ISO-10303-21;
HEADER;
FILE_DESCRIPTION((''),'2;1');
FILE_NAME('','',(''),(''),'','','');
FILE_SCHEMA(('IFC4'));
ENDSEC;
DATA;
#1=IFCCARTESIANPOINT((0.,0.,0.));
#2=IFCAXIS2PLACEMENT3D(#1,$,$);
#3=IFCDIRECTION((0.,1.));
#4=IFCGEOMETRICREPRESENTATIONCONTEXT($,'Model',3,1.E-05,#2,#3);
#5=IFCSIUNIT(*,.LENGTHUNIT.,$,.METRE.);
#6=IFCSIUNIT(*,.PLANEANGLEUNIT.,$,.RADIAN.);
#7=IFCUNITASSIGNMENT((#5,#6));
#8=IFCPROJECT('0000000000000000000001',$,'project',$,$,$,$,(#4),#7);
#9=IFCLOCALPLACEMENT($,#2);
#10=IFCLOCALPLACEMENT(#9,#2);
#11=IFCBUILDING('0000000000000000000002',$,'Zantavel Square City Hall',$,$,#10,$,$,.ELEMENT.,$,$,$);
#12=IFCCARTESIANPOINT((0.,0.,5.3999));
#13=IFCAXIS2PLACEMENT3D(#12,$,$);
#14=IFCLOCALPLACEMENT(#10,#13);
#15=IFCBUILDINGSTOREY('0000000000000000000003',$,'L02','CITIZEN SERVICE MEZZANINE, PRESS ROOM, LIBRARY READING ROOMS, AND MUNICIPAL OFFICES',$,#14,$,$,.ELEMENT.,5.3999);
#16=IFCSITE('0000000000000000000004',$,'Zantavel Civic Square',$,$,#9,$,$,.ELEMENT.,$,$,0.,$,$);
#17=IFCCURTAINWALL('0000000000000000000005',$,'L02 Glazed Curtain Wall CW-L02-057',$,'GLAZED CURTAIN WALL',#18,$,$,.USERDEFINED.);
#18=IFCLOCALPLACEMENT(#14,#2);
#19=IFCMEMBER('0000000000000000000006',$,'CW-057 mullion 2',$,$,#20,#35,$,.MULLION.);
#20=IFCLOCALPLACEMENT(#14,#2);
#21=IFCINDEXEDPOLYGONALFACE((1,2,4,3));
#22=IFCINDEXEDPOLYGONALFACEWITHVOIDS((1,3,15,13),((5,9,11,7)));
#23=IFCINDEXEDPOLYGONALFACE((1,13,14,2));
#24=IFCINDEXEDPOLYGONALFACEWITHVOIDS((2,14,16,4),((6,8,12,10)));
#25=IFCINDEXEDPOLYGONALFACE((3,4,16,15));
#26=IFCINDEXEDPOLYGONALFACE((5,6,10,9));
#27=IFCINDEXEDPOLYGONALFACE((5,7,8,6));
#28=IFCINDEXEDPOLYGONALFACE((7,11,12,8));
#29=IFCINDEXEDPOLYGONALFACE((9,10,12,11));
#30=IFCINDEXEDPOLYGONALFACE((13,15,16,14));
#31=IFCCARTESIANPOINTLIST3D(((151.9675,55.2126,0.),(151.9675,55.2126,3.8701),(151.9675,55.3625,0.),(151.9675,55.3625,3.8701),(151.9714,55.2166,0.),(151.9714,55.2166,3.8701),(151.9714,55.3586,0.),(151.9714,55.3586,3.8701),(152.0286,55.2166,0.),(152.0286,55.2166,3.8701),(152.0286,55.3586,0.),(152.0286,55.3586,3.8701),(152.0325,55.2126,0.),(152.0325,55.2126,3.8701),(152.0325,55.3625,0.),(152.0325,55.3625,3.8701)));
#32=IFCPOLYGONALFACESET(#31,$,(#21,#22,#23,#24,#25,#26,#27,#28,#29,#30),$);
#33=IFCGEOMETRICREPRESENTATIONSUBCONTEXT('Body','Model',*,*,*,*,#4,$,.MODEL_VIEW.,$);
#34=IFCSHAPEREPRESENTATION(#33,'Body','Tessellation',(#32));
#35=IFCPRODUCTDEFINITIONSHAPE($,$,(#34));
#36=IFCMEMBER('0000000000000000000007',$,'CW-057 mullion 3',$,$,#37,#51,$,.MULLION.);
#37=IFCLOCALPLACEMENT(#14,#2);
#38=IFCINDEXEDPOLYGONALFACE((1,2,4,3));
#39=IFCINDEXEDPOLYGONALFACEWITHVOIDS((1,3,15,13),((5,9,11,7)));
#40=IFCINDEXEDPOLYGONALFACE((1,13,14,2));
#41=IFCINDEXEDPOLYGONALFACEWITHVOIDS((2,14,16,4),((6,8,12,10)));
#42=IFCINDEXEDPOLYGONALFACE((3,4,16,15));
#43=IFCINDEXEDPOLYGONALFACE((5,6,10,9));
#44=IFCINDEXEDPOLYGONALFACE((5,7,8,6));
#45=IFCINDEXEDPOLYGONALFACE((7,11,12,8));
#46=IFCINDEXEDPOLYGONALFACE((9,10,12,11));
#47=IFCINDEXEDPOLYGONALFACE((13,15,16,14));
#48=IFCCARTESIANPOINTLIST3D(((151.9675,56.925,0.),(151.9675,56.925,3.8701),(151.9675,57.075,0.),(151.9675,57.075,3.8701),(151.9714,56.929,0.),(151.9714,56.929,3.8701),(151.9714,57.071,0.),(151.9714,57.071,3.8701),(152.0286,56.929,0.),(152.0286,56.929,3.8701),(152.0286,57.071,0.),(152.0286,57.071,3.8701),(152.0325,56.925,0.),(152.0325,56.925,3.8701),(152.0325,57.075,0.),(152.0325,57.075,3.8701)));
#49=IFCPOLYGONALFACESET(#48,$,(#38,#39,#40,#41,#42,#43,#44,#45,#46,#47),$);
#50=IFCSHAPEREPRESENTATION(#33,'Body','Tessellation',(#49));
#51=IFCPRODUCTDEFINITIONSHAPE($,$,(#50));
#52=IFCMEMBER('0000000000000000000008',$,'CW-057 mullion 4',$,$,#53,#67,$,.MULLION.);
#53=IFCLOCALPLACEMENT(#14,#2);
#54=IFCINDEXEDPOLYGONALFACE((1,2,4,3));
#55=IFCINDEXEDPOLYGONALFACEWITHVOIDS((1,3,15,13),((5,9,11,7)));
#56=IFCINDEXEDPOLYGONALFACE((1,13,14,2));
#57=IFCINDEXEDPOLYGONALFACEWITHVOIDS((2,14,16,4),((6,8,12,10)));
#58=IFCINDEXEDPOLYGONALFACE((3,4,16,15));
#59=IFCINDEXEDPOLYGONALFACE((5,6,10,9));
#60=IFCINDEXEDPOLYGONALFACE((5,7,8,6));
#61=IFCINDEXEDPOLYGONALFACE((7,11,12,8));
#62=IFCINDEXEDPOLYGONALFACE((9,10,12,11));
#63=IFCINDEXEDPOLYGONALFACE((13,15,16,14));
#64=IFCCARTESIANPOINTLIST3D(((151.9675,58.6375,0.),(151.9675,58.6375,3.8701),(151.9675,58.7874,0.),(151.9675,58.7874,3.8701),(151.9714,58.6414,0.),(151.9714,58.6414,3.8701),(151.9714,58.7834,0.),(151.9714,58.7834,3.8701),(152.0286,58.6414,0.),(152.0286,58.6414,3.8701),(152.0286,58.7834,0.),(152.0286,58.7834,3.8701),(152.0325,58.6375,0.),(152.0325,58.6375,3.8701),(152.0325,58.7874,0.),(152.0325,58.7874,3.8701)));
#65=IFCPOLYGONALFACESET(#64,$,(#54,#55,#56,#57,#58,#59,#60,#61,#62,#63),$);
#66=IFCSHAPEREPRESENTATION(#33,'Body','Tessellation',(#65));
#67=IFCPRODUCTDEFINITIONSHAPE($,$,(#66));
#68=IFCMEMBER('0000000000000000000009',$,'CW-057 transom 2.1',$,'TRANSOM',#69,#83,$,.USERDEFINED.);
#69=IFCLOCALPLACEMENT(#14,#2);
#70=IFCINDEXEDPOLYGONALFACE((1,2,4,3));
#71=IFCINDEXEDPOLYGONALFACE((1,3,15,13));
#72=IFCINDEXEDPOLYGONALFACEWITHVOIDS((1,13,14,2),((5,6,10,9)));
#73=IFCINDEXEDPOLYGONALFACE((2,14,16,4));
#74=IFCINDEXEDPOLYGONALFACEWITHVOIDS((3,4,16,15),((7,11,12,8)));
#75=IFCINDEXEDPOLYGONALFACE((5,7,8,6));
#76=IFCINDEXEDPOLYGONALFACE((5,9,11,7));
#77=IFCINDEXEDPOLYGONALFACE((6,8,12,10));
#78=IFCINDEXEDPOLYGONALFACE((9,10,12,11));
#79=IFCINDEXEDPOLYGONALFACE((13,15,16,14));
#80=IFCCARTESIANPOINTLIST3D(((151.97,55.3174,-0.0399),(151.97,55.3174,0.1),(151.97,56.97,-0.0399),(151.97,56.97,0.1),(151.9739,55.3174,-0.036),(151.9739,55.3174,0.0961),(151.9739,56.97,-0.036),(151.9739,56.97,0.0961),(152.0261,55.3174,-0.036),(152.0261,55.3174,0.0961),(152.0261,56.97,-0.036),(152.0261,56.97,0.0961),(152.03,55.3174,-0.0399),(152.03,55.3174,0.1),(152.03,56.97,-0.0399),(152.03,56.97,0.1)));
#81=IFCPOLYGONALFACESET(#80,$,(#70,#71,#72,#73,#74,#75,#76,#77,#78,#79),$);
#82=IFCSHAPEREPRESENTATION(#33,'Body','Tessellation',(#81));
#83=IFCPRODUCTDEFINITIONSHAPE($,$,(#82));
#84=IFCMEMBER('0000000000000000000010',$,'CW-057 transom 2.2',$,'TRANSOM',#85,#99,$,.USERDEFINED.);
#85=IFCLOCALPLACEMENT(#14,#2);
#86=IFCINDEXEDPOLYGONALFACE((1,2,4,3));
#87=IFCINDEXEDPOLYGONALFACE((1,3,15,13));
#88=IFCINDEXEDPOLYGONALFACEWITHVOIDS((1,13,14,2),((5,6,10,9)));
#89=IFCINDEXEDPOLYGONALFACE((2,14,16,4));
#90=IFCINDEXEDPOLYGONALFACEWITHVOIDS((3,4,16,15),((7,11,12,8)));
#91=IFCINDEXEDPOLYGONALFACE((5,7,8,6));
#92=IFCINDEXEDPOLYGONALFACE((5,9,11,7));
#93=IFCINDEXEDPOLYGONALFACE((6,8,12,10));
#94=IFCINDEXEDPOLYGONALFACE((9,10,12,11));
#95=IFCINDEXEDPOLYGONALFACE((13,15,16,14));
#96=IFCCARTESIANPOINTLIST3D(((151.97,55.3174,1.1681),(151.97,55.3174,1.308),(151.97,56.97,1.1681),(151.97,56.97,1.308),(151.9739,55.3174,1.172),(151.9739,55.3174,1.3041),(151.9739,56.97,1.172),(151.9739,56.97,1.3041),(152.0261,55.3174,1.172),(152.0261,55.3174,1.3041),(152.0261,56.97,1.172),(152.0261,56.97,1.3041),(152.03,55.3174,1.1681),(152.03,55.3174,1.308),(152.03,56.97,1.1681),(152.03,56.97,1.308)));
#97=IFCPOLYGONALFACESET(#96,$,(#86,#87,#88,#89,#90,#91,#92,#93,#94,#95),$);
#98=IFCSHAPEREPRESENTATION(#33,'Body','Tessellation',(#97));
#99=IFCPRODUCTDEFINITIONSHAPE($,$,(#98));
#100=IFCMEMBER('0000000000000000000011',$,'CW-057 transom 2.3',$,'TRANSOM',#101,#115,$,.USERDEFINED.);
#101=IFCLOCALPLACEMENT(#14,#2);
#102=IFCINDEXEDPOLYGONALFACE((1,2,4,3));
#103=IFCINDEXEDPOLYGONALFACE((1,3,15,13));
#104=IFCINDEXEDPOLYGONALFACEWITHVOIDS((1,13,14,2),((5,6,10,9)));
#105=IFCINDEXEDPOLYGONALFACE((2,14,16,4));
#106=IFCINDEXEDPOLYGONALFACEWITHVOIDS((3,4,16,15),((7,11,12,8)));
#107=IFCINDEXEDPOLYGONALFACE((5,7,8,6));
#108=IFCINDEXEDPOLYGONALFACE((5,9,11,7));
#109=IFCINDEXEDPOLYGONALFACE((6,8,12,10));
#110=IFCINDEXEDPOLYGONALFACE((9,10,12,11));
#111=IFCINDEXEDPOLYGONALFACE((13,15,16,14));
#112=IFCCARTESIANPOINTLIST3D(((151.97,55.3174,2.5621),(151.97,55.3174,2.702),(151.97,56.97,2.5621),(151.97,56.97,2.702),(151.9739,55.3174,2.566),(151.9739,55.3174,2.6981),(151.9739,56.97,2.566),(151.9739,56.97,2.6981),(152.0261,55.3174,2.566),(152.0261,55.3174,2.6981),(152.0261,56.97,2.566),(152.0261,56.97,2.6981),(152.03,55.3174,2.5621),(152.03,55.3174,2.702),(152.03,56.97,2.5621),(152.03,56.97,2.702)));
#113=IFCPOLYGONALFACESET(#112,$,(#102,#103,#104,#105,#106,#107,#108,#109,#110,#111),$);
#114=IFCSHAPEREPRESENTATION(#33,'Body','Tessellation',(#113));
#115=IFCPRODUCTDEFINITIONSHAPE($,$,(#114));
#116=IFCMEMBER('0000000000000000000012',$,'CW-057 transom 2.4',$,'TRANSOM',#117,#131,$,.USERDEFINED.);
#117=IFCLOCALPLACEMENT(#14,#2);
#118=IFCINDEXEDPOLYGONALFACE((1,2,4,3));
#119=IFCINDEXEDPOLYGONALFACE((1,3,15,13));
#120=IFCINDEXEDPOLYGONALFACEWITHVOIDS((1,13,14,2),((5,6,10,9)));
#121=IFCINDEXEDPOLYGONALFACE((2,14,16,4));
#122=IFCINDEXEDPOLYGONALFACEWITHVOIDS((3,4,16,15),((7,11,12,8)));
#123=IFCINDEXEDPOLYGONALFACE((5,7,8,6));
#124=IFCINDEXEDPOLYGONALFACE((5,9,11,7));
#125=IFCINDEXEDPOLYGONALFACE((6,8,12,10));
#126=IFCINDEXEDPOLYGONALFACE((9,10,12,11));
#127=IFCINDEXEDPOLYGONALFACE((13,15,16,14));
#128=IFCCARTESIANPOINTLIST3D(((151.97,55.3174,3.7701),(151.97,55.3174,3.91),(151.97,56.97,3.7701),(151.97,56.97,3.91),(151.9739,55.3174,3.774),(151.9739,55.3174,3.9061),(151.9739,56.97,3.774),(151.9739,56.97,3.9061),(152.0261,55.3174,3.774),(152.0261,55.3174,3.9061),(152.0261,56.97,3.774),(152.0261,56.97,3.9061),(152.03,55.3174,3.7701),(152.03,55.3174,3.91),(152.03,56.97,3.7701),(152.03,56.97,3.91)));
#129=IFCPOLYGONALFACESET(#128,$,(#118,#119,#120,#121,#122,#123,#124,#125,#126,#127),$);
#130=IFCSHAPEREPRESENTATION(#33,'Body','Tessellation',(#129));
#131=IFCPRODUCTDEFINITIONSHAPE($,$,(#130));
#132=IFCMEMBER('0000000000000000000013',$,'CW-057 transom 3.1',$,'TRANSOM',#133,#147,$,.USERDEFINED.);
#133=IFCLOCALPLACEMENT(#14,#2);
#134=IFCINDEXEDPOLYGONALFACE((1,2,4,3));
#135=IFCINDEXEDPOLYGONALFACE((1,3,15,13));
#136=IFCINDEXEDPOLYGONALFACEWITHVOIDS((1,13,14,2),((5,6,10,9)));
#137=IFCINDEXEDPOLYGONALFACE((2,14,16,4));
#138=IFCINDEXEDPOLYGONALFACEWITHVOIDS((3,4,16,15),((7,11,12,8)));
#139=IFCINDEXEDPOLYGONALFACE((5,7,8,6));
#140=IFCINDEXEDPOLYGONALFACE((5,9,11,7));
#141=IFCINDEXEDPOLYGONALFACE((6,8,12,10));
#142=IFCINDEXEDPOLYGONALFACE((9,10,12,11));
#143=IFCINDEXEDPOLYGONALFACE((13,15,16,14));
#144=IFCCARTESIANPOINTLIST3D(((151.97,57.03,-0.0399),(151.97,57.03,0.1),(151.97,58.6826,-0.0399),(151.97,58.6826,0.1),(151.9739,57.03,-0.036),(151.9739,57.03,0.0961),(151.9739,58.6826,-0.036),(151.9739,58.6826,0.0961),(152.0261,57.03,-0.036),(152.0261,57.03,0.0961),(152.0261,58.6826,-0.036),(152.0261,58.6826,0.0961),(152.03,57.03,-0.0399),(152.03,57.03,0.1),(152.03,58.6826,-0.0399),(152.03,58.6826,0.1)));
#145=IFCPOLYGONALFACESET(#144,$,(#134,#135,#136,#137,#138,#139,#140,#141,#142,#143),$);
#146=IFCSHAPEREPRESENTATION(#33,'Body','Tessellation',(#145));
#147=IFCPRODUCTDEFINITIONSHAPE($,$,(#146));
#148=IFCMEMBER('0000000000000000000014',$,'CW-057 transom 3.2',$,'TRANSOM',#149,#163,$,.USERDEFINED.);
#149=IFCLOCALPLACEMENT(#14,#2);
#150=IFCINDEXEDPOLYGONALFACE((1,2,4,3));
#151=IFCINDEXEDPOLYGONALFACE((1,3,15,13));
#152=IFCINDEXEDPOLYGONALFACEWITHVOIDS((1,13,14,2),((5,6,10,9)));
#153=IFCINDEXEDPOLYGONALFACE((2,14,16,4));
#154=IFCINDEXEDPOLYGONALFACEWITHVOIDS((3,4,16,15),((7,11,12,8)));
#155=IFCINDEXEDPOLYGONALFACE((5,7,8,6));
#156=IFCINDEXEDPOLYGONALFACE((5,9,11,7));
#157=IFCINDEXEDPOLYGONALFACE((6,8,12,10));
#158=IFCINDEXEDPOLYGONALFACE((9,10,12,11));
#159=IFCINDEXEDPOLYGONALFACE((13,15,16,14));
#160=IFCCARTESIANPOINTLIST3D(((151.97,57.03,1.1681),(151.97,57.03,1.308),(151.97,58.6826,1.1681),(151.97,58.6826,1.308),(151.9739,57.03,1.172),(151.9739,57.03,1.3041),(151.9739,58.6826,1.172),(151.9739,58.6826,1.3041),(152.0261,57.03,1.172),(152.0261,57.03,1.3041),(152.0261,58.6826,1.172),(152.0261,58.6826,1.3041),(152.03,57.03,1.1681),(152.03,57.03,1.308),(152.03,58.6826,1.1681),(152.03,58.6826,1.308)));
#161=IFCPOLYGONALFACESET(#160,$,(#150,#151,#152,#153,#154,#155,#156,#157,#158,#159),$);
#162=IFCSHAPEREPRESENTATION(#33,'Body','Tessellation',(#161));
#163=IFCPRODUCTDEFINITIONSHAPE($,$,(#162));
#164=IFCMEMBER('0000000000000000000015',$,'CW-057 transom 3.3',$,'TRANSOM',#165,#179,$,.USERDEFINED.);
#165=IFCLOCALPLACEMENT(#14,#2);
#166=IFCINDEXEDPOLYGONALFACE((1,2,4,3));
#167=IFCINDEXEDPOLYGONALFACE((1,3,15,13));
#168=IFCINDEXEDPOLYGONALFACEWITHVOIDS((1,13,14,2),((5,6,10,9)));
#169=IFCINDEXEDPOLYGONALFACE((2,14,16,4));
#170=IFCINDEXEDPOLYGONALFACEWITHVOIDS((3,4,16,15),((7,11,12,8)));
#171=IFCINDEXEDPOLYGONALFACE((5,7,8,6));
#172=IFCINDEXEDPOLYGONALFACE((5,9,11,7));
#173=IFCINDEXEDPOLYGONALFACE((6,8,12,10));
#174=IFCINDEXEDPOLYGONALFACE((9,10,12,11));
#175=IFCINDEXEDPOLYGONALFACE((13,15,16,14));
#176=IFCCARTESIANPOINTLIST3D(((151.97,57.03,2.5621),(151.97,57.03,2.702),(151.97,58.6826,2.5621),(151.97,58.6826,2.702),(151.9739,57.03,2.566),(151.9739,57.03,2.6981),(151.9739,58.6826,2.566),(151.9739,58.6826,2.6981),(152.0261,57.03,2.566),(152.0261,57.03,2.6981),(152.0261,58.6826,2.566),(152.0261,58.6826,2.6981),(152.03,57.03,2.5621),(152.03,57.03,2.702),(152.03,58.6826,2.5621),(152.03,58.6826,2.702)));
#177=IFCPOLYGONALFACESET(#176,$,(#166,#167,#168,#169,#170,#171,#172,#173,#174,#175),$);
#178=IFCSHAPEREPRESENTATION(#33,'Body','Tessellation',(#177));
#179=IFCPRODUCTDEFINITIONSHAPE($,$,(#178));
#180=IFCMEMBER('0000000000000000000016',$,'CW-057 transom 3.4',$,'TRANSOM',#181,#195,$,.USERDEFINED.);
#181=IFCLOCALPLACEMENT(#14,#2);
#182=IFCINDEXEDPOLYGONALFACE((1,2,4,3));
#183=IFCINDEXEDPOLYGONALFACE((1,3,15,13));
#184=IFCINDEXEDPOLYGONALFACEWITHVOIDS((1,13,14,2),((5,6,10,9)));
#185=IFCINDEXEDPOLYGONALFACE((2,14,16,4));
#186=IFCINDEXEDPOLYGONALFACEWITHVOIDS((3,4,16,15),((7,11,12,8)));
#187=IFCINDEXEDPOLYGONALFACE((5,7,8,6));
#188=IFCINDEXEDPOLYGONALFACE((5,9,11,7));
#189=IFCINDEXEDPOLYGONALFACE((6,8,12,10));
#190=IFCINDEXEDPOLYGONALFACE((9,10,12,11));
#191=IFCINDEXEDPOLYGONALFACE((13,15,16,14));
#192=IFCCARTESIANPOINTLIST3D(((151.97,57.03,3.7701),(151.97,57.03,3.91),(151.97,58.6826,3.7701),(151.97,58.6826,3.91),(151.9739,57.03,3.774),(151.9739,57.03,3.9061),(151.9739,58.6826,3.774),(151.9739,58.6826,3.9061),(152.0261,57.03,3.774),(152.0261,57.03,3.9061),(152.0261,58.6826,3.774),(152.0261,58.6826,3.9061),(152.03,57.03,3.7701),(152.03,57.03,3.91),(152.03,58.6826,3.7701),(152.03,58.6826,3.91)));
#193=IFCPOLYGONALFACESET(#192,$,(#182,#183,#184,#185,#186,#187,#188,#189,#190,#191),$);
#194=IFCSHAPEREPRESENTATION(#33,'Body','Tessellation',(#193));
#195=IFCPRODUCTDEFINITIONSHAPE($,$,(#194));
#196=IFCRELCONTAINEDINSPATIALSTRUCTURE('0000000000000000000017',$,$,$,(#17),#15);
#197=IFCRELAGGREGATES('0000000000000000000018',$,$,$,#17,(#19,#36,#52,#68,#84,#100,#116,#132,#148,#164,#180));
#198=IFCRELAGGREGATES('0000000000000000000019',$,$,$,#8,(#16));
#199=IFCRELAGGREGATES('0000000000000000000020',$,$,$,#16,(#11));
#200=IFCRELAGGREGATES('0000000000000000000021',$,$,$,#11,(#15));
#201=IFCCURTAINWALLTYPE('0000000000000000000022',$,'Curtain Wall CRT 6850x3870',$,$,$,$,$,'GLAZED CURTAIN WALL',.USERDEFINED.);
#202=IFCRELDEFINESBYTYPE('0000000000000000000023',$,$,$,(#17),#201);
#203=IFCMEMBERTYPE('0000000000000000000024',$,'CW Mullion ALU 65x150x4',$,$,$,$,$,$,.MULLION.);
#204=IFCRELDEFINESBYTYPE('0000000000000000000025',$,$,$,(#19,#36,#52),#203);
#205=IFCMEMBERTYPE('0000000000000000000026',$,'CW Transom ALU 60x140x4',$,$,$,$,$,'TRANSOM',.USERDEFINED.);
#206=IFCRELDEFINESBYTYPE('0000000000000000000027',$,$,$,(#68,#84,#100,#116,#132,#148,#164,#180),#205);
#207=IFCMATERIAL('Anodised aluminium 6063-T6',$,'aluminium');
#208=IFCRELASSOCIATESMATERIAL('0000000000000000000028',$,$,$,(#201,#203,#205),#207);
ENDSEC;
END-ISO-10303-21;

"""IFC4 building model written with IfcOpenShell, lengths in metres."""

from ifc_helpers import new_model, si_unit, direction, frame, origin, origin_2d, place, context, subcontext, project, spatial, hollow_rectangle, extrude, material, material_profile, profile_set, type_object, element, aggregate, save


model = new_model("IFC4")

# Units and contexts
model_context = context("Model", 3, precision=1e-05, world=origin(), true_north=direction((0.0, 1.0)))
body_context = subcontext(model_context, "Body", "Model", "MODEL_VIEW")
ifc_project = project(units=[si_unit("LENGTHUNIT", "METRE"), si_unit("PLANEANGLEUNIT", "RADIAN")], contexts=[model_context])

# Site, building, storey
site_placement = place(None, origin())
site = spatial("IfcSite", under=ifc_project, at=site_placement, Name="Zantavel Civic Square", CompositionType="ELEMENT", RefElevation=0.0)
building_placement = place(site_placement, origin())
building = spatial("IfcBuilding", under=site, at=building_placement, Name="Zantavel Square City Hall", CompositionType="ELEMENT")
storey_placement = place(building_placement, frame((0.0, 0.0, 5.3999)))
storey = spatial("IfcBuildingStorey", under=building, at=storey_placement, Name="L02", Description="CITIZEN SERVICE MEZZANINE, PRESS ROOM, LIBRARY READING ROOMS, AND MUNICIPAL OFFICES", CompositionType="ELEMENT", Elevation=5.3999)

# Curtain wall, members
ifc_material_1 = material(Name="Anodised aluminium 6063-T6", Category="aluminium")
curtain_wall_type = type_object("IfcCurtainWallType", Name="Curtain Wall CRT 6850x3870", ElementType="GLAZED CURTAIN WALL", PredefinedType="USERDEFINED", material=ifc_material_1)
curtain_wall_placement = place(storey_placement, origin())
curtain_wall = element("IfcCurtainWall", 1, at=curtain_wall_placement, inside=storey, type_object=curtain_wall_type, Name="L02 Glazed Curtain Wall CW-L02-057", ObjectType="GLAZED CURTAIN WALL", PredefinedType="USERDEFINED")
ifc_material_profile_1 = material_profile(ifc_material_1, hollow_rectangle(XDim=0.0649, YDim=0.1499, WallThickness=0.0039, at=origin_2d()), Name="ALU 65x150x4")
ifc_profile_set_1 = profile_set([ifc_material_profile_1], Name="Anodised aluminium 6063-T6")
member_type_1 = type_object("IfcMemberType", Name="CW Mullion ALU 65x150x4", PredefinedType="MULLION", material=ifc_profile_set_1)
member_1_placement = place(storey_placement, frame((152.0, 55.2876, 0.0), z_axis=(0.0, 0.0, 1.0), x_axis=(-1.0, 0.0, 0.0)))
member_1 = element("IfcMember", 2, at=member_1_placement, type_object=member_type_1, Name="CW-057 mullion 2", PredefinedType="MULLION", context=body_context, shape_type="SweptSolid", body=[
    extrude(hollow_rectangle(XDim=0.0649, YDim=0.1499, WallThickness=0.0039, at=origin_2d()), origin(), (0.0, 0.0, 1.0), 3.8701),
])
member_2_placement = place(storey_placement, frame((152.0, 57.0, 0.0), z_axis=(0.0, 0.0, 1.0), x_axis=(-1.0, 0.0, 0.0)))
member_2 = element("IfcMember", 3, at=member_2_placement, type_object=member_type_1, Name="CW-057 mullion 3", PredefinedType="MULLION", context=body_context, shape_type="SweptSolid", body=[
    extrude(hollow_rectangle(XDim=0.0649, YDim=0.1499, WallThickness=0.0039, at=origin_2d()), origin(), (0.0, 0.0, 1.0), 3.8701),
])
member_3_placement = place(storey_placement, frame((152.0, 58.7124, 0.0), z_axis=(0.0, 0.0, 1.0), x_axis=(-1.0, 0.0, 0.0)))
member_3 = element("IfcMember", 4, at=member_3_placement, type_object=member_type_1, Name="CW-057 mullion 4", PredefinedType="MULLION", context=body_context, shape_type="SweptSolid", body=[
    extrude(hollow_rectangle(XDim=0.0649, YDim=0.1499, WallThickness=0.0039, at=origin_2d()), origin(), (0.0, 0.0, 1.0), 3.8701),
])
ifc_material_profile_2 = material_profile(ifc_material_1, hollow_rectangle(XDim=0.0601, YDim=0.1399, WallThickness=0.0039, at=origin_2d()), Name="ALU 60x140x4")
ifc_profile_set_2 = profile_set([ifc_material_profile_2], Name="Anodised aluminium 6063-T6")
member_type_2 = type_object("IfcMemberType", Name="CW Transom ALU 60x140x4", ElementType="TRANSOM", PredefinedType="USERDEFINED", material=ifc_profile_set_2)
member_4_placement = place(storey_placement, frame((152.0, 55.3174, 0.03), z_axis=(0.0, 1.0, 0.0), x_axis=(-1.0, 0.0, 0.0)))
member_4 = element("IfcMember", 5, at=member_4_placement, type_object=member_type_2, Name="CW-057 transom 2.1", ObjectType="TRANSOM", PredefinedType="USERDEFINED", context=body_context, shape_type="SweptSolid", body=[
    extrude(hollow_rectangle(XDim=0.0601, YDim=0.1399, WallThickness=0.0039, at=origin_2d()), origin(), (0.0, 0.0, 1.0), 1.6526),
])
member_5_placement = place(storey_placement, frame((152.0, 55.3174, 1.238), z_axis=(0.0, 1.0, 0.0), x_axis=(-1.0, 0.0, 0.0)))
member_5 = element("IfcMember", 6, at=member_5_placement, type_object=member_type_2, Name="CW-057 transom 2.2", ObjectType="TRANSOM", PredefinedType="USERDEFINED", context=body_context, shape_type="SweptSolid", body=[
    extrude(hollow_rectangle(XDim=0.0601, YDim=0.1399, WallThickness=0.0039, at=origin_2d()), origin(), (0.0, 0.0, 1.0), 1.6526),
])
member_6_placement = place(storey_placement, frame((152.0, 55.3174, 2.6321), z_axis=(0.0, 1.0, 0.0), x_axis=(-1.0, 0.0, 0.0)))
member_6 = element("IfcMember", 7, at=member_6_placement, type_object=member_type_2, Name="CW-057 transom 2.3", ObjectType="TRANSOM", PredefinedType="USERDEFINED", context=body_context, shape_type="SweptSolid", body=[
    extrude(hollow_rectangle(XDim=0.0601, YDim=0.1399, WallThickness=0.0039, at=origin_2d()), origin(), (0.0, 0.0, 1.0), 1.6526),
])
member_7_placement = place(storey_placement, frame((152.0, 55.3174, 3.8401), z_axis=(0.0, 1.0, 0.0), x_axis=(-1.0, 0.0, 0.0)))
member_7 = element("IfcMember", 8, at=member_7_placement, type_object=member_type_2, Name="CW-057 transom 2.4", ObjectType="TRANSOM", PredefinedType="USERDEFINED", context=body_context, shape_type="SweptSolid", body=[
    extrude(hollow_rectangle(XDim=0.0601, YDim=0.1399, WallThickness=0.0039, at=origin_2d()), origin(), (0.0, 0.0, 1.0), 1.6526),
])
member_8_placement = place(storey_placement, frame((152.0, 57.03, 0.03), z_axis=(0.0, 1.0, 0.0), x_axis=(-1.0, 0.0, 0.0)))
member_8 = element("IfcMember", 9, at=member_8_placement, type_object=member_type_2, Name="CW-057 transom 3.1", ObjectType="TRANSOM", PredefinedType="USERDEFINED", context=body_context, shape_type="SweptSolid", body=[
    extrude(hollow_rectangle(XDim=0.0601, YDim=0.1399, WallThickness=0.0039, at=origin_2d()), origin(), (0.0, 0.0, 1.0), 1.6526),
])
member_9_placement = place(storey_placement, frame((152.0, 57.03, 1.238), z_axis=(0.0, 1.0, 0.0), x_axis=(-1.0, 0.0, 0.0)))
member_9 = element("IfcMember", 10, at=member_9_placement, type_object=member_type_2, Name="CW-057 transom 3.2", ObjectType="TRANSOM", PredefinedType="USERDEFINED", context=body_context, shape_type="SweptSolid", body=[
    extrude(hollow_rectangle(XDim=0.0601, YDim=0.1399, WallThickness=0.0039, at=origin_2d()), origin(), (0.0, 0.0, 1.0), 1.6526),
])
member_10_placement = place(storey_placement, frame((152.0, 57.03, 2.6321), z_axis=(0.0, 1.0, 0.0), x_axis=(-1.0, 0.0, 0.0)))
member_10 = element("IfcMember", 11, at=member_10_placement, type_object=member_type_2, Name="CW-057 transom 3.3", ObjectType="TRANSOM", PredefinedType="USERDEFINED", context=body_context, shape_type="SweptSolid", body=[
    extrude(hollow_rectangle(XDim=0.0601, YDim=0.1399, WallThickness=0.0039, at=origin_2d()), origin(), (0.0, 0.0, 1.0), 1.6526),
])
member_11_placement = place(storey_placement, frame((152.0, 57.03, 3.8401), z_axis=(0.0, 1.0, 0.0), x_axis=(-1.0, 0.0, 0.0)))
member_11 = element("IfcMember", 12, at=member_11_placement, type_object=member_type_2, Name="CW-057 transom 3.4", ObjectType="TRANSOM", PredefinedType="USERDEFINED", context=body_context, shape_type="SweptSolid", body=[
    extrude(hollow_rectangle(XDim=0.0601, YDim=0.1399, WallThickness=0.0039, at=origin_2d()), origin(), (0.0, 0.0, 1.0), 1.6526),
])
aggregate(curtain_wall, [member_1, member_2, member_3, member_4, member_5, member_6, member_7, member_8, member_9, member_10, member_11])

save(model, "model.ifc")
